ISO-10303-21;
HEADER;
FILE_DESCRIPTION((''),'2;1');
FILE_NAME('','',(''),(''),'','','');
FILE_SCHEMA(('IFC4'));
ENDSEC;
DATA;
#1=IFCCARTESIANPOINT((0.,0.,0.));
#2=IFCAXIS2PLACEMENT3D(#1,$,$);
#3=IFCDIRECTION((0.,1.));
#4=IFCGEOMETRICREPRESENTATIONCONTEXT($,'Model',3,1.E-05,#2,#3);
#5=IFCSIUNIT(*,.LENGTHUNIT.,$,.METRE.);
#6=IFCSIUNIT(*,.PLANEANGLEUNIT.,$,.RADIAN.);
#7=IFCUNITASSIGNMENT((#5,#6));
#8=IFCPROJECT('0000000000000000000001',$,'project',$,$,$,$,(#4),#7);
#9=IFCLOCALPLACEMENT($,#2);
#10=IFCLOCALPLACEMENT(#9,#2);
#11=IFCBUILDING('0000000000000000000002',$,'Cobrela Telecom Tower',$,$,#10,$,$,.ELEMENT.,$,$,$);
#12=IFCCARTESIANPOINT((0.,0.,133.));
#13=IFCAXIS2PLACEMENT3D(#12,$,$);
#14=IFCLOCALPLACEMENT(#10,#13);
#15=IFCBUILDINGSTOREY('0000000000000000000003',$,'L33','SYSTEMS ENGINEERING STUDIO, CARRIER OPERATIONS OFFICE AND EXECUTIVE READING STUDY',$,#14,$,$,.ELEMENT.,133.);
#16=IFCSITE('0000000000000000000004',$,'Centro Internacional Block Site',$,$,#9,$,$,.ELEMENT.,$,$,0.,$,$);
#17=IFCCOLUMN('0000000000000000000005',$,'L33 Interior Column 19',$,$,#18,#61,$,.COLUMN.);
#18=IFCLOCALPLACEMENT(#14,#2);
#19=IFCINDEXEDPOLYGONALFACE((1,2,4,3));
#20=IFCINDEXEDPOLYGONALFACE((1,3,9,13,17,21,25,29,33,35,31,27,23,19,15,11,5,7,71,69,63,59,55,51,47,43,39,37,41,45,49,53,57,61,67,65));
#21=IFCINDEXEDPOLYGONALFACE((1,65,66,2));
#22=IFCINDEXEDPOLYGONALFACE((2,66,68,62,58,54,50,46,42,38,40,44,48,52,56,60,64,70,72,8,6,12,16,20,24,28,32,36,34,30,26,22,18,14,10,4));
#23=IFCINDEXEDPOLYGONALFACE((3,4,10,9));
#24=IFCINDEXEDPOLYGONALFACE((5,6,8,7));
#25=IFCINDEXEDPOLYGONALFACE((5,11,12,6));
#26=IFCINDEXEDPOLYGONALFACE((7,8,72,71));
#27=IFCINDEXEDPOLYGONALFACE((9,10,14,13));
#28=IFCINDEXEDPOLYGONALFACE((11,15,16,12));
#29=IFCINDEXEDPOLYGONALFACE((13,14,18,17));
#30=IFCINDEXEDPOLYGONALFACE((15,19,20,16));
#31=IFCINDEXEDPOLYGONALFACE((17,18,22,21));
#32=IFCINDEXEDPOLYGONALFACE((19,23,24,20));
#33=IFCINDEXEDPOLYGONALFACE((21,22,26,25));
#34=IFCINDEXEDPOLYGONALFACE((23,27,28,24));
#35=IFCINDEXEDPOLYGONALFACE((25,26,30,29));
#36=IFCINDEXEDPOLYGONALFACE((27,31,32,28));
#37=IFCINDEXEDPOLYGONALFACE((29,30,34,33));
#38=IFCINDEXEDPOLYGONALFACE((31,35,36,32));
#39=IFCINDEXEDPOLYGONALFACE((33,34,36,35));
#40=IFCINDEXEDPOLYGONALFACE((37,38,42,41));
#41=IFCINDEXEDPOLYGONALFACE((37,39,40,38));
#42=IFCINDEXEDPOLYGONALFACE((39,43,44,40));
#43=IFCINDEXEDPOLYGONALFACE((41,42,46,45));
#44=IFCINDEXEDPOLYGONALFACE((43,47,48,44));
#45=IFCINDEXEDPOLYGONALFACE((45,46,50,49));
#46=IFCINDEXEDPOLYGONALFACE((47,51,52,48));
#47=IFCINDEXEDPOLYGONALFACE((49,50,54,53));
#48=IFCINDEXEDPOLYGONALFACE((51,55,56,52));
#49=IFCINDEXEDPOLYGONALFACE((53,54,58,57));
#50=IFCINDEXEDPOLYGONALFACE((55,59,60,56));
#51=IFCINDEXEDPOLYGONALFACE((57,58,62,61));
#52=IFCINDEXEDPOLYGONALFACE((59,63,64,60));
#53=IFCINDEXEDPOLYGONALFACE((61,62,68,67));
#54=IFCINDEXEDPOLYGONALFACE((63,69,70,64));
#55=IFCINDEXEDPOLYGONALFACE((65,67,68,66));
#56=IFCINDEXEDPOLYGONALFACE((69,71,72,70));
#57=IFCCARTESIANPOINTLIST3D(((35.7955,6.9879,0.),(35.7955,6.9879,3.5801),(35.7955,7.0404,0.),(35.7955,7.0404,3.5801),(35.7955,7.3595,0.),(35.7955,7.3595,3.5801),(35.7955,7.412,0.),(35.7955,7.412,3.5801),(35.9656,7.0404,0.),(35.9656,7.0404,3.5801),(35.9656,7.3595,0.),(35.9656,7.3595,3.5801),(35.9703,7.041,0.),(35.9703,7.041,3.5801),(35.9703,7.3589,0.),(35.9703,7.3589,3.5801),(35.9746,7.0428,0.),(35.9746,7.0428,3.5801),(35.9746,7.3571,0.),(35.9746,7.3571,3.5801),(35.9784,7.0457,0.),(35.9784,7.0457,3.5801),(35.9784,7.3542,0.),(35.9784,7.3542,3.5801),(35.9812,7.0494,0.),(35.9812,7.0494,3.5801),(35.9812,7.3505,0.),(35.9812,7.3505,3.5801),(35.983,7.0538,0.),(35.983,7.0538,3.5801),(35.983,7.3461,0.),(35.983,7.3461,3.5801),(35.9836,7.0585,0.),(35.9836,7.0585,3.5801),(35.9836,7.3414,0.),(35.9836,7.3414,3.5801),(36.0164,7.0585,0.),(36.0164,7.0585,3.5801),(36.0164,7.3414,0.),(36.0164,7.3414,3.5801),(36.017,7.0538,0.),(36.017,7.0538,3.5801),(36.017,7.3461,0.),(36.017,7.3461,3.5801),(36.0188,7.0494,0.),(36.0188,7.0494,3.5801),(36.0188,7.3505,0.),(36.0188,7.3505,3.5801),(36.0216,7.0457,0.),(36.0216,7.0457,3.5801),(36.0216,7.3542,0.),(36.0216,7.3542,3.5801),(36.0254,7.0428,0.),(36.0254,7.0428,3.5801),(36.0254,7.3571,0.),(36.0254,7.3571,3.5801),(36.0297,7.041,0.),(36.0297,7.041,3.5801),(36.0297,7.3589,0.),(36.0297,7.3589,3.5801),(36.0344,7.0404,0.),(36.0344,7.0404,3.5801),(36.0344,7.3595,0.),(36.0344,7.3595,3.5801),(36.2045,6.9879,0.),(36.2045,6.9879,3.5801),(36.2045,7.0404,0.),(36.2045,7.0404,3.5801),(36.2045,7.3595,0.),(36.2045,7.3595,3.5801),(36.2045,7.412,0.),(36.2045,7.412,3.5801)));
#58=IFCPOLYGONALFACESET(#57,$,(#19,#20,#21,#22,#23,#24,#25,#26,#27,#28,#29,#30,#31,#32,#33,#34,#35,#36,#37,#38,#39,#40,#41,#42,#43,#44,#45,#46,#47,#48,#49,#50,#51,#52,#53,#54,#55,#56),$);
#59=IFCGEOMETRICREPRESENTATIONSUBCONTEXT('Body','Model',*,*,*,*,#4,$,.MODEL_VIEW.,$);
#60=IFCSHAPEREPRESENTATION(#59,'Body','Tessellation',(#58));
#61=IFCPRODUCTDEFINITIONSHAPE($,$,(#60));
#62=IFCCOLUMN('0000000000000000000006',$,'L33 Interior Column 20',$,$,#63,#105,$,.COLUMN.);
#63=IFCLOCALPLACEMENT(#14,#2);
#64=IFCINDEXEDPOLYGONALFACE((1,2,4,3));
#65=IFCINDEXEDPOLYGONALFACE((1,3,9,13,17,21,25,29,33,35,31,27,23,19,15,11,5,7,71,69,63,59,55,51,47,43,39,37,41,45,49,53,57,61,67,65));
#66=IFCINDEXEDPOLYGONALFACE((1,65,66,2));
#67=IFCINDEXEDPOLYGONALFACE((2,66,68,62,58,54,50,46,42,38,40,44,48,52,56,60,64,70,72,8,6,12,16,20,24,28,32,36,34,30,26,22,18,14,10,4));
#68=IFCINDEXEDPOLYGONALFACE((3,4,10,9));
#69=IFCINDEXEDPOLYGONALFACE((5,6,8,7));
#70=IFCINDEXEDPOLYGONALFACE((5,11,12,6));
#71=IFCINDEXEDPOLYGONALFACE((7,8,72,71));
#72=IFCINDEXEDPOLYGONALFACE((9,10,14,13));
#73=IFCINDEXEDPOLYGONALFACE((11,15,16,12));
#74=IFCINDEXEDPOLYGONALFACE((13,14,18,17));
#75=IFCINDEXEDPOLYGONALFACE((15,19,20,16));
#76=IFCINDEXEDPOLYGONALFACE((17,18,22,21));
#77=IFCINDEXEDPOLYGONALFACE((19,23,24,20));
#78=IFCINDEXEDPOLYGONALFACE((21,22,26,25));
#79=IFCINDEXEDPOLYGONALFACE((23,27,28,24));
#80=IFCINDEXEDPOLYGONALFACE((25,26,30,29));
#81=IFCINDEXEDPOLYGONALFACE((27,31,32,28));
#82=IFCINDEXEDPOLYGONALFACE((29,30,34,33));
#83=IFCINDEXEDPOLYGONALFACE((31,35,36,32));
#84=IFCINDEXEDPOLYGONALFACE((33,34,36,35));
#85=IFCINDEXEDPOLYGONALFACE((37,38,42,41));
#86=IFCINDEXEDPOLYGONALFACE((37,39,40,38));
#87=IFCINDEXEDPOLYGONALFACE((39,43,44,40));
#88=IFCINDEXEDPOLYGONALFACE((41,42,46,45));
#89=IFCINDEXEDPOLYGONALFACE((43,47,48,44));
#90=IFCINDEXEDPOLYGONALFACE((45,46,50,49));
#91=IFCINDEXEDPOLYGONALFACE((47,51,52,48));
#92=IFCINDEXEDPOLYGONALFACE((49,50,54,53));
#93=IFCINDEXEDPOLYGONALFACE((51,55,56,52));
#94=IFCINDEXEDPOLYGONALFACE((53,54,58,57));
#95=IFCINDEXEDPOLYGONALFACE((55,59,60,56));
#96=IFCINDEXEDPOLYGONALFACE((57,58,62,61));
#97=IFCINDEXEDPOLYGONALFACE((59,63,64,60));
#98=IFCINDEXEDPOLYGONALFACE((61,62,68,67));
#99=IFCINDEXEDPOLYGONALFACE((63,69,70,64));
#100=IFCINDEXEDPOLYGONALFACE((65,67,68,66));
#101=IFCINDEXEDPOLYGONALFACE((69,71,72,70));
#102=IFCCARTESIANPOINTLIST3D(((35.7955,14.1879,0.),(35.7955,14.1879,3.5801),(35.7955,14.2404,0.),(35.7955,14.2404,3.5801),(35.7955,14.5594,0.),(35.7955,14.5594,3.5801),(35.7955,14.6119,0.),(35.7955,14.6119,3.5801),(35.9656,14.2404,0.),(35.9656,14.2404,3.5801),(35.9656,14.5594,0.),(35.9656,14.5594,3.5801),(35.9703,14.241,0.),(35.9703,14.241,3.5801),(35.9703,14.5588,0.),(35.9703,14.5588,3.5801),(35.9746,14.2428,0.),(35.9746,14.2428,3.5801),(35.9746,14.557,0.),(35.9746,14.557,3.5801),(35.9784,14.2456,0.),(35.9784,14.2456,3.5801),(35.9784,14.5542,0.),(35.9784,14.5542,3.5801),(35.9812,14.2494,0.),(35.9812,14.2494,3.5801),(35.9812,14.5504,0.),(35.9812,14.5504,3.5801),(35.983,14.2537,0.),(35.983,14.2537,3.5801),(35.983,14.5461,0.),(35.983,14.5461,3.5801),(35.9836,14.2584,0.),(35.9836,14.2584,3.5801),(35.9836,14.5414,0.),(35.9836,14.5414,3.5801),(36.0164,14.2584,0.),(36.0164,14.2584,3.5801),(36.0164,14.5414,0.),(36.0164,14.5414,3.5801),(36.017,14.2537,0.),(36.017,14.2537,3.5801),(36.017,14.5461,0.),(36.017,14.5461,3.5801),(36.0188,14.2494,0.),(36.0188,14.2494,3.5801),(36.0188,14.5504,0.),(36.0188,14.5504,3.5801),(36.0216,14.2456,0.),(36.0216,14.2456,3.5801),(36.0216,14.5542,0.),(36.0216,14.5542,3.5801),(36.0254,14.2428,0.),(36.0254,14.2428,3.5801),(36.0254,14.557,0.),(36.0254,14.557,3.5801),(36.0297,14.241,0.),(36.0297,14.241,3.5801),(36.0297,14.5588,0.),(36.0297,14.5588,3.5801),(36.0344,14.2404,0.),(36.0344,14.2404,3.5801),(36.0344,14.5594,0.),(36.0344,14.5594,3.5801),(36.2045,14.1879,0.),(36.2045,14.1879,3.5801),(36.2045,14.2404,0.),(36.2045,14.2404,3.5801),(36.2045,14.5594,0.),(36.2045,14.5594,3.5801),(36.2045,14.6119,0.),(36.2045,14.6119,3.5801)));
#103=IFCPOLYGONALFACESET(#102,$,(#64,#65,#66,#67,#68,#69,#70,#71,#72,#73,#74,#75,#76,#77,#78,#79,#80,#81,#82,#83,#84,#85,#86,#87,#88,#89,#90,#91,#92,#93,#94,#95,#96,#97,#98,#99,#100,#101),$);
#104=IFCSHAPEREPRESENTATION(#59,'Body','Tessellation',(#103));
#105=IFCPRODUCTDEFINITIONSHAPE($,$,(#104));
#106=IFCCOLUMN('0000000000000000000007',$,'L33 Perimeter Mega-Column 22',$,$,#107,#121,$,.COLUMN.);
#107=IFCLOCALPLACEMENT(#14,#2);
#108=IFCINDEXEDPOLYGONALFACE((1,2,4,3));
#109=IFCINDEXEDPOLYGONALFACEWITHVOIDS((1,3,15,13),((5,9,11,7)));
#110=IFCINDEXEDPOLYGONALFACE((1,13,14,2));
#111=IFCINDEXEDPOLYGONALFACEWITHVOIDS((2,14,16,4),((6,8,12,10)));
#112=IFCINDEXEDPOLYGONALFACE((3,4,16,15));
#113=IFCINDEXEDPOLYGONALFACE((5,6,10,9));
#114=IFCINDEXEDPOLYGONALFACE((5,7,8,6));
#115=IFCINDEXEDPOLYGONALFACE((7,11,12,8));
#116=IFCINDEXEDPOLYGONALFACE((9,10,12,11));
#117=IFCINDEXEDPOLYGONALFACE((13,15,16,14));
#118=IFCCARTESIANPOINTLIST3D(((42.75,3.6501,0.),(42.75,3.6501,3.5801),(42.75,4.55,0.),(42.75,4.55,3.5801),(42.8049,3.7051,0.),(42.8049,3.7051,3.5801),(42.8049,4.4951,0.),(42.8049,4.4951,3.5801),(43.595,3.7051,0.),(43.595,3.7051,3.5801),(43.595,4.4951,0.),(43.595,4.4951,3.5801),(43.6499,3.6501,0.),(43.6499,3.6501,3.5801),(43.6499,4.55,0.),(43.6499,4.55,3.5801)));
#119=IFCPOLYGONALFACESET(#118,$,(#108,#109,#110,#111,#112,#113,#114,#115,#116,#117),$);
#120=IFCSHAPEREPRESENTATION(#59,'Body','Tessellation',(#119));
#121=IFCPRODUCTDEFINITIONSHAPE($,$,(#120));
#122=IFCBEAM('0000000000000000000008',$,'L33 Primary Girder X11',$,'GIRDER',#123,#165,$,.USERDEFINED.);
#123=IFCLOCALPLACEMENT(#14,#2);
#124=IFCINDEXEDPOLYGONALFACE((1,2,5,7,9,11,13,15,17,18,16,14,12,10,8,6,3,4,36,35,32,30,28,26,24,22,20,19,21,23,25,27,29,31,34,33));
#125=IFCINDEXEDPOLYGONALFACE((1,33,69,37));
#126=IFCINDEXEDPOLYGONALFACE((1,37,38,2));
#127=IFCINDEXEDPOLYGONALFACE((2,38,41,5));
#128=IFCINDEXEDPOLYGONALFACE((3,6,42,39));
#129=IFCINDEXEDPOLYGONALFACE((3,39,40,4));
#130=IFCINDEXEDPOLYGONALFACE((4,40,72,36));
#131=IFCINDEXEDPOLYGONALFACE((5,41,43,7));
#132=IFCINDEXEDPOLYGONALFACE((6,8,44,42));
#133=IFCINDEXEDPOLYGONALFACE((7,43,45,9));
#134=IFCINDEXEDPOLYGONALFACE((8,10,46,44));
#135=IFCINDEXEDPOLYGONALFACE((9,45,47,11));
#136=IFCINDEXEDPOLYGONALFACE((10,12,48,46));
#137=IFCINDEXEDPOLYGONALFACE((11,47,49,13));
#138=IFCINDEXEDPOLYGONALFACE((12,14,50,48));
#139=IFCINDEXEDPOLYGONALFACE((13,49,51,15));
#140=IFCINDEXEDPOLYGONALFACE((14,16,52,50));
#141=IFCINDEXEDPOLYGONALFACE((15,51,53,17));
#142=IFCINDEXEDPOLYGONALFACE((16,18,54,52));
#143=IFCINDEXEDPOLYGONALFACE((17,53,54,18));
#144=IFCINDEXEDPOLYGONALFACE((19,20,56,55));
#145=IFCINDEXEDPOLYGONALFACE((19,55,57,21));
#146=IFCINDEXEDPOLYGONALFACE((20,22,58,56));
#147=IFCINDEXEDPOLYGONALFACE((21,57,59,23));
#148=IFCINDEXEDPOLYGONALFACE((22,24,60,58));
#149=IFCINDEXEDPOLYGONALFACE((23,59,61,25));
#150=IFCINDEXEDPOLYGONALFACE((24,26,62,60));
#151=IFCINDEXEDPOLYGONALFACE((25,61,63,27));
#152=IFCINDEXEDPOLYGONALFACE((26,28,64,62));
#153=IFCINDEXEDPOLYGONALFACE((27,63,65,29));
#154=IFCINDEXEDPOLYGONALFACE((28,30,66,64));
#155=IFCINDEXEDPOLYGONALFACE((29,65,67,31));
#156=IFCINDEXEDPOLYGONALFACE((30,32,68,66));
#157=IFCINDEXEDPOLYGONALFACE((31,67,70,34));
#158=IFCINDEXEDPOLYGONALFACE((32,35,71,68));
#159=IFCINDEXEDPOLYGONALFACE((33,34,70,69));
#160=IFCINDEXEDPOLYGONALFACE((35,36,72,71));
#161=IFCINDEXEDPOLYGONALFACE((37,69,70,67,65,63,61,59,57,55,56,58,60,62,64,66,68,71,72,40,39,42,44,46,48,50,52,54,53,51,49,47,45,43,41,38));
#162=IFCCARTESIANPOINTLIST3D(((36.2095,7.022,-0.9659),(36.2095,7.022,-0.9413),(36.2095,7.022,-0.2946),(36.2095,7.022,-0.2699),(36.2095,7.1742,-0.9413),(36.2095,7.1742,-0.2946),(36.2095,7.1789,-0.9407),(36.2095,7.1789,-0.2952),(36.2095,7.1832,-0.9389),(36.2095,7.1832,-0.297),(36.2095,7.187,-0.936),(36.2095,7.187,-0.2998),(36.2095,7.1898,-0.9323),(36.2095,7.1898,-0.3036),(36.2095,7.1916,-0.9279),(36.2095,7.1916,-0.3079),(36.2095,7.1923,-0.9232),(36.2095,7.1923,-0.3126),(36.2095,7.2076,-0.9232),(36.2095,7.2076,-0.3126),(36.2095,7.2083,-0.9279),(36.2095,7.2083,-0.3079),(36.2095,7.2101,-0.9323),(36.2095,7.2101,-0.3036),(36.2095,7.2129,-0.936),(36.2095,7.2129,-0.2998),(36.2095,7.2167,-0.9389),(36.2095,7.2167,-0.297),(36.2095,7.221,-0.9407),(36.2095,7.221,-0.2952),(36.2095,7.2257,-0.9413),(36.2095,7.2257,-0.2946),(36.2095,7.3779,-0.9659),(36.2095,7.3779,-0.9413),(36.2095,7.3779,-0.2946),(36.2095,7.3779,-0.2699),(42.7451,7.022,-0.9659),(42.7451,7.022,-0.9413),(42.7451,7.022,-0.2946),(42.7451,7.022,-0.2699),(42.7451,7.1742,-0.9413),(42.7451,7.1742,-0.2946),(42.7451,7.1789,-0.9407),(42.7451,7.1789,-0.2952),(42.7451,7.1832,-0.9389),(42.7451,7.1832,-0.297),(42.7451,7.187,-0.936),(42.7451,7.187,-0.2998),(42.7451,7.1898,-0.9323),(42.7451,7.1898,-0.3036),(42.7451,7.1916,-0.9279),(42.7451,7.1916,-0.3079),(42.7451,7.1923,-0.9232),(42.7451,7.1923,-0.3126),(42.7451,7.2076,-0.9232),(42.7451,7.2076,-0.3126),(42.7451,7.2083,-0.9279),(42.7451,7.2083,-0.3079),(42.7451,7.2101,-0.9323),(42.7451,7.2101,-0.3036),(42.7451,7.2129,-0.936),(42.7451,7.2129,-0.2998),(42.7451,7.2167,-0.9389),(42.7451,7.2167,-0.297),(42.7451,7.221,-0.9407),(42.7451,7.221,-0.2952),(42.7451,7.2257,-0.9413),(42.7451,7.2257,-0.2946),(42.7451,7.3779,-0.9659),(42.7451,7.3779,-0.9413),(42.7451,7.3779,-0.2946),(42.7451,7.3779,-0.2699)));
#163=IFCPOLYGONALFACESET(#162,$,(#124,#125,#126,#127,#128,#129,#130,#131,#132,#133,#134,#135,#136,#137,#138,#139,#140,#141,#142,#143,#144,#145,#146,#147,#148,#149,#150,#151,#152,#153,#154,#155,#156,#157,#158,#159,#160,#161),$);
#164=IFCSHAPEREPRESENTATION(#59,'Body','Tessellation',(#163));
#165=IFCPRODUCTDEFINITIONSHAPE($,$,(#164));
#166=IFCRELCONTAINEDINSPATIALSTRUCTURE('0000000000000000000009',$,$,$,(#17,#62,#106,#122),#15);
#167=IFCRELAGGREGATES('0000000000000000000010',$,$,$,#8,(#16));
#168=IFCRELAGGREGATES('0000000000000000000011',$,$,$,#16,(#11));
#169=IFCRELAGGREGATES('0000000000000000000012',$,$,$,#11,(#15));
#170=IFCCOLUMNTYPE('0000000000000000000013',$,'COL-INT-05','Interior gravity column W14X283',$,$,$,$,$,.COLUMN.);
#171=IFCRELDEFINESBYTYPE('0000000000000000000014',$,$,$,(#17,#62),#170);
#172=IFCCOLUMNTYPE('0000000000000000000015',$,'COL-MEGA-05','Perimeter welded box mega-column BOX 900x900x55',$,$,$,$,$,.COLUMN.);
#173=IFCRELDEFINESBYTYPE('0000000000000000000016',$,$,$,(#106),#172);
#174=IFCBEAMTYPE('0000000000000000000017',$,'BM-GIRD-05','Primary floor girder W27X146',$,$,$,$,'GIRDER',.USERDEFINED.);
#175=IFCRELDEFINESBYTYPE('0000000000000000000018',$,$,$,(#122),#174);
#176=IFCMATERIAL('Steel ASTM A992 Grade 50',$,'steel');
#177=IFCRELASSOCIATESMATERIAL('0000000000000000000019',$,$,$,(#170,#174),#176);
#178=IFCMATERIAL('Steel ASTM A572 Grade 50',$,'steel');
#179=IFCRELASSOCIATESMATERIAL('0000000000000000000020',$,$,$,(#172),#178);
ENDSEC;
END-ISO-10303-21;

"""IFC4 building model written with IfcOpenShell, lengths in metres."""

from ifc_helpers import new_model, si_unit, direction, frame, origin, origin_2d, place, context, subcontext, project, spatial, hollow_rectangle, i_section, extrude, material, material_profile, profile_set, type_object, element, save


model = new_model("IFC4")

# Units and contexts
model_context = context("Model", 3, precision=1e-05, world=origin(), true_north=direction((0.0, 1.0)))
body_context = subcontext(model_context, "Body", "Model", "MODEL_VIEW")
ifc_project = project(units=[si_unit("LENGTHUNIT", "METRE"), si_unit("PLANEANGLEUNIT", "RADIAN")], contexts=[model_context])

# Site, building, storey
site_placement = place(None, origin())
site = spatial("IfcSite", under=ifc_project, at=site_placement, Name="Centro Internacional Block Site", CompositionType="ELEMENT", RefElevation=0.0)
building_placement = place(site_placement, origin())
building = spatial("IfcBuilding", under=site, at=building_placement, Name="Cobrela Telecom Tower", CompositionType="ELEMENT")
storey_placement = place(building_placement, frame((0.0, 0.0, 133.0)))
storey = spatial("IfcBuildingStorey", under=building, at=storey_placement, Name="L33", Description="SYSTEMS ENGINEERING STUDIO, CARRIER OPERATIONS OFFICE AND EXECUTIVE READING STUDY", CompositionType="ELEMENT", Elevation=133.0)

# Columns
ifc_material_1 = material(Name="Steel ASTM A992 Grade 50", Category="steel")
ifc_material_profile_1 = material_profile(ifc_material_1, i_section(OverallWidth=0.4089, OverallDepth=0.4241, WebThickness=0.0327, FlangeThickness=0.0525, FilletRadius=0.0181, at=origin_2d()), Name="W14X283")
ifc_profile_set_1 = profile_set([ifc_material_profile_1], Name="Steel ASTM A992 Grade 50")
column_type_1 = type_object("IfcColumnType", Name="COL-INT-05", Description="Interior gravity column W14X283", PredefinedType="COLUMN", material=ifc_profile_set_1)
for number, where, z_axis, x_axis, name in (
    (1, (36.0, 7.2, 0.0), (0.0, 0.0, 1.0), (1.0, 0.0, 0.0), "L33 Interior Column 19"),
    (2, (36.0, 14.3999, 0.0), (0.0, 0.0, 1.0), (1.0, 0.0, 0.0), "L33 Interior Column 20"),
):
    element("IfcColumn", number, at=place(storey_placement, frame(where, z_axis=z_axis, x_axis=x_axis)), inside=storey, type_object=column_type_1, Name=name, PredefinedType="COLUMN", context=body_context, shape_type="SweptSolid", body=[
        extrude(i_section(OverallWidth=0.4089, OverallDepth=0.4241, WebThickness=0.0327, FlangeThickness=0.0525, FilletRadius=0.0181, at=origin_2d()), origin(), (0.0, 0.0, 1.0), 3.5801),
    ])
ifc_material_2 = material(Name="Steel ASTM A572 Grade 50", Category="steel")
ifc_material_profile_2 = material_profile(ifc_material_2, hollow_rectangle(XDim=0.8999, YDim=0.8999, WallThickness=0.0549, at=origin_2d()), Name="BOX 900x900x55")
ifc_profile_set_2 = profile_set([ifc_material_profile_2], Name="Steel ASTM A572 Grade 50")
column_type_2 = type_object("IfcColumnType", Name="COL-MEGA-05", Description="Perimeter welded box mega-column BOX 900x900x55", PredefinedType="COLUMN", material=ifc_profile_set_2)
column_placement = place(storey_placement, frame((43.2, 4.1001, 0.0), z_axis=(0.0, 0.0, 1.0), x_axis=(1.0, 0.0, 0.0)))
element("IfcColumn", 3, at=column_placement, inside=storey, type_object=column_type_2, Name="L33 Perimeter Mega-Column 22", PredefinedType="COLUMN", context=body_context, shape_type="SweptSolid", body=[
    extrude(hollow_rectangle(XDim=0.8999, YDim=0.8999, WallThickness=0.0549, at=origin_2d()), origin(), (0.0, 0.0, 1.0), 3.5801),
])

# Beam
ifc_material_profile_3 = material_profile(ifc_material_1, i_section(OverallWidth=0.356, OverallDepth=0.696, WebThickness=0.0154, FlangeThickness=0.0247, FilletRadius=0.0181, at=origin_2d()), Name="W27X146")
ifc_profile_set_3 = profile_set([ifc_material_profile_3], Name="Steel ASTM A992 Grade 50")
beam_type_1 = type_object("IfcBeamType", Name="BM-GIRD-05", Description="Primary floor girder W27X146", ElementType="GIRDER", PredefinedType="USERDEFINED", material=ifc_profile_set_3)
beam_1_placement = place(storey_placement, frame((36.2095, 7.2, -0.6179), z_axis=(1.0, 0.0, 0.0), x_axis=(0.0, 1.0, 0.0)))
element("IfcBeam", 4, at=beam_1_placement, inside=storey, type_object=beam_type_1, Name="L33 Primary Girder X11", ObjectType="GIRDER", PredefinedType="USERDEFINED", context=body_context, shape_type="SweptSolid", body=[
    extrude(i_section(OverallWidth=0.356, OverallDepth=0.696, WebThickness=0.0154, FlangeThickness=0.0247, FilletRadius=0.0181, at=origin_2d()), origin(), (0.0, 0.0, 1.0), 6.5356),
])

save(model, "model.ifc")
